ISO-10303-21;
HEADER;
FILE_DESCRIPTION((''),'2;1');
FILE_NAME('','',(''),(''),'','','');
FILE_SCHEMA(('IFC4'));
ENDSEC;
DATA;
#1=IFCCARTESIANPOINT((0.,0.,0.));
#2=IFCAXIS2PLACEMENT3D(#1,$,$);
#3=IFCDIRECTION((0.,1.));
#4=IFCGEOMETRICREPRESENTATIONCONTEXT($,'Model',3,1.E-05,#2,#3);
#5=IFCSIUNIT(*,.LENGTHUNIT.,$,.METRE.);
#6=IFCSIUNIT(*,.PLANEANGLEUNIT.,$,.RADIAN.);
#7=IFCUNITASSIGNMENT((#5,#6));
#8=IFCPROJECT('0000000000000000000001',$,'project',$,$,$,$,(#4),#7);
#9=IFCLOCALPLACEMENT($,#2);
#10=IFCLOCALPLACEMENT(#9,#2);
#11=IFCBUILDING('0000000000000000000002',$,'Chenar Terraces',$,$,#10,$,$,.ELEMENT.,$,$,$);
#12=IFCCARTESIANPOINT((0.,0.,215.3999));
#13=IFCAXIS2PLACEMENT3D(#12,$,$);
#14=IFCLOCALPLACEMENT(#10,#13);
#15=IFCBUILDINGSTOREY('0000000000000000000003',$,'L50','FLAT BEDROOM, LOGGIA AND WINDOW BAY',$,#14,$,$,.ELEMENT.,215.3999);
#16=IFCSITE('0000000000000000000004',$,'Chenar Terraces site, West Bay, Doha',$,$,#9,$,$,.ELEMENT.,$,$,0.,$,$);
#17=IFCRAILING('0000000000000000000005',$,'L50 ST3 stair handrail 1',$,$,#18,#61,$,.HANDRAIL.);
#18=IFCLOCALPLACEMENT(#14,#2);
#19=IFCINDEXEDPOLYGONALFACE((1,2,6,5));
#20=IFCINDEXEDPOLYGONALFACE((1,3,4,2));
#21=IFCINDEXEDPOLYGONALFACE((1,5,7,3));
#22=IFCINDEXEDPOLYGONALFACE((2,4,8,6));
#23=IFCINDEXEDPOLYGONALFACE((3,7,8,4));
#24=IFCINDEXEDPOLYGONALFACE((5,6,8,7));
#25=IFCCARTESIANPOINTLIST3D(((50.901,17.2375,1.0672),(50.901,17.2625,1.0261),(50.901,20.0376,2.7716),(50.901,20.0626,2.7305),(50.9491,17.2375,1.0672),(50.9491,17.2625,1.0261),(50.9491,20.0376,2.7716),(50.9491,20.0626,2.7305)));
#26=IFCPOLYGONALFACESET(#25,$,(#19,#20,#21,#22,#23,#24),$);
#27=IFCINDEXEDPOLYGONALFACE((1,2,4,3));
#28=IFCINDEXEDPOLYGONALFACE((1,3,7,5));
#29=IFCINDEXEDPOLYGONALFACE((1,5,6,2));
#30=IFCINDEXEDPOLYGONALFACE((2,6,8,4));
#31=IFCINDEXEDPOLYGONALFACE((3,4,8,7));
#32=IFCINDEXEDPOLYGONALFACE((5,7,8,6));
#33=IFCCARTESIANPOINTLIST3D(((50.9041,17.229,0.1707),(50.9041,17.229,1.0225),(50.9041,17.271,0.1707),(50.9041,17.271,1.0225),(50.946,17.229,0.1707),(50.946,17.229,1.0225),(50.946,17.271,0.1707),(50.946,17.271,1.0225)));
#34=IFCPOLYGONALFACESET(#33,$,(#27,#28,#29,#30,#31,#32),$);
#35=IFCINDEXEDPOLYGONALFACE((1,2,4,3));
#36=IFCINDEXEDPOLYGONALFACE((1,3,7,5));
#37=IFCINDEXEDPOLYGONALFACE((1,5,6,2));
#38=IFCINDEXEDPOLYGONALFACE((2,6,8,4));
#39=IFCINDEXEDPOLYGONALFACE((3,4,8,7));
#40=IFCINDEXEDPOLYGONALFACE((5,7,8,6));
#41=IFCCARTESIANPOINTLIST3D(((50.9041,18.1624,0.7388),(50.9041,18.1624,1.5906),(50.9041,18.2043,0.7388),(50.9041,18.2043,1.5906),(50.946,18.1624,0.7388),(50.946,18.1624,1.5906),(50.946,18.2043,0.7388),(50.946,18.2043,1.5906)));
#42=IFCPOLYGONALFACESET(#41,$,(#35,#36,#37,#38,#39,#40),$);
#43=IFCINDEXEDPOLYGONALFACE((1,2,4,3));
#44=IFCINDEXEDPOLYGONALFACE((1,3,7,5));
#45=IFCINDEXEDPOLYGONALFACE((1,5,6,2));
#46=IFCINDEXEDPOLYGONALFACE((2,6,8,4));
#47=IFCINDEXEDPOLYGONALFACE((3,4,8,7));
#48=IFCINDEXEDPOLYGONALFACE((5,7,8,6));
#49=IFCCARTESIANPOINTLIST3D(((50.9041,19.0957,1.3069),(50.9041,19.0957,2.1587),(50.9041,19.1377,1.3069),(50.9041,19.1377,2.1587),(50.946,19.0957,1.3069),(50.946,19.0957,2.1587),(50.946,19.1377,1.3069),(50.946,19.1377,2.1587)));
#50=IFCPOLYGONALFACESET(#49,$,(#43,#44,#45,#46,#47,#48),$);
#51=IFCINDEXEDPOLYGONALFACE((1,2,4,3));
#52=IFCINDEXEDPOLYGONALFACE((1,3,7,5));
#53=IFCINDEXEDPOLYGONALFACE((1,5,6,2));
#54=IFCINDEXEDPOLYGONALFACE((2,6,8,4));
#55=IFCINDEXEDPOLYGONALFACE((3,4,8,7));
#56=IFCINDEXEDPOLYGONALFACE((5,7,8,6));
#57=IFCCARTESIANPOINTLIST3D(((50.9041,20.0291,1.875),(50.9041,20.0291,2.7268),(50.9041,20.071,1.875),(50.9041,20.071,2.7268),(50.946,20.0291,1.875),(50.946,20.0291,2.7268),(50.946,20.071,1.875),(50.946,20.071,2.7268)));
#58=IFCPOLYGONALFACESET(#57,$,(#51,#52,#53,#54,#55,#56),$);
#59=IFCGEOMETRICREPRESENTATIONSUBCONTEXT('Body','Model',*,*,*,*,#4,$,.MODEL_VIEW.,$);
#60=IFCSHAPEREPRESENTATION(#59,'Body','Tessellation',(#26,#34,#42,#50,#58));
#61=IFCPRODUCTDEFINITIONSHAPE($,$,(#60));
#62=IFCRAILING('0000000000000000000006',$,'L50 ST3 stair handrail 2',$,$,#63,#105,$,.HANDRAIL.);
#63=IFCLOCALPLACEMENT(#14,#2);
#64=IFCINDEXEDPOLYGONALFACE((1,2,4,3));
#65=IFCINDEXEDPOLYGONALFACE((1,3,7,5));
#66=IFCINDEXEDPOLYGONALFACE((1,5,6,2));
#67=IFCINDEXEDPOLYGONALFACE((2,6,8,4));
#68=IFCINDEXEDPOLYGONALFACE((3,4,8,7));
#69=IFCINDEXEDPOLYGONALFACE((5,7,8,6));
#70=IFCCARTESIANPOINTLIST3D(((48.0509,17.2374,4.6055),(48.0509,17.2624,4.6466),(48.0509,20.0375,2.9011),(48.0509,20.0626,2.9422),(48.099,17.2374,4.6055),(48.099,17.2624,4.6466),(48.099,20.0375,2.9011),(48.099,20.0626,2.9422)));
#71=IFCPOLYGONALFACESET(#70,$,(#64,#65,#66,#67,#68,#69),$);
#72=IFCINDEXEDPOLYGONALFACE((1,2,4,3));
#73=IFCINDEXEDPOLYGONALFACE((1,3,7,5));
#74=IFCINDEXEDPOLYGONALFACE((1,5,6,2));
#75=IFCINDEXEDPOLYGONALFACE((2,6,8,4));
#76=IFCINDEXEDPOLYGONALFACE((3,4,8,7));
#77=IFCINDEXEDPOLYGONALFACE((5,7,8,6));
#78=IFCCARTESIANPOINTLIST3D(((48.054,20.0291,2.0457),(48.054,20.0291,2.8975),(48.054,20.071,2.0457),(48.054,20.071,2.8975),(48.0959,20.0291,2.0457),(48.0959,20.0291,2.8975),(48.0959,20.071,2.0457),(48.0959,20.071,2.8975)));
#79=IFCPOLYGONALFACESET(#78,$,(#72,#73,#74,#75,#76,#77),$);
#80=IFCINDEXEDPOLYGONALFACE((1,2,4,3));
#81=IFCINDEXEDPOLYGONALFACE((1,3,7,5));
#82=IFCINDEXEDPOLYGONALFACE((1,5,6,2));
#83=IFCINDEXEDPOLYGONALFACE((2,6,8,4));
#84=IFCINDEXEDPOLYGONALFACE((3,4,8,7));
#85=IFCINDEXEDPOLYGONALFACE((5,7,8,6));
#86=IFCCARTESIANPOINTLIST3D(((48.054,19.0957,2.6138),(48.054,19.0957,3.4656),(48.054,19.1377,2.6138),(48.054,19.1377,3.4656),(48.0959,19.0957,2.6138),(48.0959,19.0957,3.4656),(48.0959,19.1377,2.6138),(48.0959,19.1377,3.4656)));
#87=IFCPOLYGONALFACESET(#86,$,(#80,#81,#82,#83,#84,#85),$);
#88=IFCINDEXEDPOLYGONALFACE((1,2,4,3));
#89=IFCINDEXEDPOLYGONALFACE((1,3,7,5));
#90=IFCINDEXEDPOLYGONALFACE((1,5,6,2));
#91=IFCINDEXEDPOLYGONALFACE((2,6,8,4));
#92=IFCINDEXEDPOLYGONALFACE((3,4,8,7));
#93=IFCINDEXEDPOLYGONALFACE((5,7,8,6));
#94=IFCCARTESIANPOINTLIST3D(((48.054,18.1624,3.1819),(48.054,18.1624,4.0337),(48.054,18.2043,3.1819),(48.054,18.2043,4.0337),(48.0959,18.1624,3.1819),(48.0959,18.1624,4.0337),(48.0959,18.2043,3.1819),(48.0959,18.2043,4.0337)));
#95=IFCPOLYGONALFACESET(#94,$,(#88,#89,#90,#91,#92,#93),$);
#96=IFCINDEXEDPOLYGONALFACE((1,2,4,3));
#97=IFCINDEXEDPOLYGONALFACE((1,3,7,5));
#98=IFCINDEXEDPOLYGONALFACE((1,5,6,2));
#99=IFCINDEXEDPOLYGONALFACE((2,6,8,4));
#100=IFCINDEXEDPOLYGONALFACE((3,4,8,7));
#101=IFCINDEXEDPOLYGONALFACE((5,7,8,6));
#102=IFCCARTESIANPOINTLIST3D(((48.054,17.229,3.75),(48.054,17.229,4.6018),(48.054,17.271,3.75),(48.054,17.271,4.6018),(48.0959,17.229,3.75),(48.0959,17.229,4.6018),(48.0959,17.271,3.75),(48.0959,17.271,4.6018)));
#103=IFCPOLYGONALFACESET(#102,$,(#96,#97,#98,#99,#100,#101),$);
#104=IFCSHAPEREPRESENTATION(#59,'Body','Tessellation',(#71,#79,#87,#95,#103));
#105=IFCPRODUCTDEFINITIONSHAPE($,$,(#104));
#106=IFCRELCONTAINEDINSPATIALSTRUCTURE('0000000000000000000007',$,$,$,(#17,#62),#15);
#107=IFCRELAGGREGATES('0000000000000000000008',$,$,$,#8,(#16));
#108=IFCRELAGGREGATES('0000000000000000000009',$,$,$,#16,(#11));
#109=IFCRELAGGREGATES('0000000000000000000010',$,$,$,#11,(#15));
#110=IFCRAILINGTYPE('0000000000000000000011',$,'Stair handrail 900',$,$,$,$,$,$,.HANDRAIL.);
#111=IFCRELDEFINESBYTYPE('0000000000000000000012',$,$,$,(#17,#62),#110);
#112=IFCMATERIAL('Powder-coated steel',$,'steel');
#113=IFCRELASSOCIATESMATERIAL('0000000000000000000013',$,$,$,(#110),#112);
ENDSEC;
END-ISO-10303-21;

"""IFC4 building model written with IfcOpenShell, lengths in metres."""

from ifc_helpers import new_model, si_unit, direction, frame, origin, origin_2d, place, context, subcontext, project, spatial, rectangle, extrude, material, type_object, element, save


model = new_model("IFC4")

# Units and contexts
model_context = context("Model", 3, precision=1e-05, world=origin(), true_north=direction((0.0, 1.0)))
body_context = subcontext(model_context, "Body", "Model", "MODEL_VIEW")
ifc_project = project(units=[si_unit("LENGTHUNIT", "METRE"), si_unit("PLANEANGLEUNIT", "RADIAN")], contexts=[model_context])

# Site, building, storey
site_placement = place(None, origin())
site = spatial("IfcSite", under=ifc_project, at=site_placement, Name="Chenar Terraces site, West Bay, Doha", CompositionType="ELEMENT", RefElevation=0.0)
building_placement = place(site_placement, origin())
building = spatial("IfcBuilding", under=site, at=building_placement, Name="Chenar Terraces", CompositionType="ELEMENT")
storey_placement = place(building_placement, frame((0.0, 0.0, 215.3999)))
storey = spatial("IfcBuildingStorey", under=building, at=storey_placement, Name="L50", Description="FLAT BEDROOM, LOGGIA AND WINDOW BAY", CompositionType="ELEMENT", Elevation=215.3999)

# Railings
ifc_material_1 = material(Name="Powder-coated steel", Category="steel")
railing_type_1 = type_object("IfcRailingType", Name="Stair handrail 900", PredefinedType="HANDRAIL", material=ifc_material_1)
railing_1_placement = place(storey_placement, frame((50.925, 17.25, 0.1707)))
element("IfcRailing", 1, at=railing_1_placement, inside=storey, type_object=railing_type_1, Name="L50 ST3 stair handrail 1", PredefinedType="HANDRAIL", context=body_context, shape_type="SweptSolid", body=[
    extrude(rectangle(XDim=0.0481, YDim=0.0481, at=origin_2d()), frame((0.0, 0.0, 0.876), z_axis=(0.0, 0.854203, 0.51994), x_axis=(-1.0, 0.0, 0.0)), (0.0, 0.0, 1.0), 3.2781),
    extrude(rectangle(XDim=0.042, YDim=0.042, at=origin_2d()), origin(), (0.0, 0.0, 1.0), 0.8518),
    extrude(rectangle(XDim=0.042, YDim=0.042, at=origin_2d()), frame((0.0, 0.9333, 0.5681)), (0.0, 0.0, 1.0), 0.8518),
    extrude(rectangle(XDim=0.042, YDim=0.042, at=origin_2d()), frame((0.0, 1.8667, 1.1362)), (0.0, 0.0, 1.0), 0.8518),
    extrude(rectangle(XDim=0.042, YDim=0.042, at=origin_2d()), frame((0.0, 2.8, 1.7043)), (0.0, 0.0, 1.0), 0.8518),
])
railing_2_placement = place(storey_placement, frame((48.075, 20.05, 2.0457)))
element("IfcRailing", 2, at=railing_2_placement, inside=storey, type_object=railing_type_1, Name="L50 ST3 stair handrail 2", PredefinedType="HANDRAIL", context=body_context, shape_type="SweptSolid", body=[
    extrude(rectangle(XDim=0.0481, YDim=0.0481, at=origin_2d()), frame((0.0, 0.0, 0.876), z_axis=(0.0, -0.854203, 0.51994), x_axis=(1.0, 0.0, 0.0)), (0.0, 0.0, 1.0), 3.2781),
    extrude(rectangle(XDim=0.042, YDim=0.042, at=origin_2d()), origin(), (0.0, 0.0, 1.0), 0.8518),
    extrude(rectangle(XDim=0.042, YDim=0.042, at=origin_2d()), frame((0.0, -0.9333, 0.5681)), (0.0, 0.0, 1.0), 0.8518),
    extrude(rectangle(XDim=0.042, YDim=0.042, at=origin_2d()), frame((0.0, -1.8667, 1.1362)), (0.0, 0.0, 1.0), 0.8518),
    extrude(rectangle(XDim=0.042, YDim=0.042, at=origin_2d()), frame((0.0, -2.8, 1.7043)), (0.0, 0.0, 1.0), 0.8518),
])

save(model, "model.ifc")
